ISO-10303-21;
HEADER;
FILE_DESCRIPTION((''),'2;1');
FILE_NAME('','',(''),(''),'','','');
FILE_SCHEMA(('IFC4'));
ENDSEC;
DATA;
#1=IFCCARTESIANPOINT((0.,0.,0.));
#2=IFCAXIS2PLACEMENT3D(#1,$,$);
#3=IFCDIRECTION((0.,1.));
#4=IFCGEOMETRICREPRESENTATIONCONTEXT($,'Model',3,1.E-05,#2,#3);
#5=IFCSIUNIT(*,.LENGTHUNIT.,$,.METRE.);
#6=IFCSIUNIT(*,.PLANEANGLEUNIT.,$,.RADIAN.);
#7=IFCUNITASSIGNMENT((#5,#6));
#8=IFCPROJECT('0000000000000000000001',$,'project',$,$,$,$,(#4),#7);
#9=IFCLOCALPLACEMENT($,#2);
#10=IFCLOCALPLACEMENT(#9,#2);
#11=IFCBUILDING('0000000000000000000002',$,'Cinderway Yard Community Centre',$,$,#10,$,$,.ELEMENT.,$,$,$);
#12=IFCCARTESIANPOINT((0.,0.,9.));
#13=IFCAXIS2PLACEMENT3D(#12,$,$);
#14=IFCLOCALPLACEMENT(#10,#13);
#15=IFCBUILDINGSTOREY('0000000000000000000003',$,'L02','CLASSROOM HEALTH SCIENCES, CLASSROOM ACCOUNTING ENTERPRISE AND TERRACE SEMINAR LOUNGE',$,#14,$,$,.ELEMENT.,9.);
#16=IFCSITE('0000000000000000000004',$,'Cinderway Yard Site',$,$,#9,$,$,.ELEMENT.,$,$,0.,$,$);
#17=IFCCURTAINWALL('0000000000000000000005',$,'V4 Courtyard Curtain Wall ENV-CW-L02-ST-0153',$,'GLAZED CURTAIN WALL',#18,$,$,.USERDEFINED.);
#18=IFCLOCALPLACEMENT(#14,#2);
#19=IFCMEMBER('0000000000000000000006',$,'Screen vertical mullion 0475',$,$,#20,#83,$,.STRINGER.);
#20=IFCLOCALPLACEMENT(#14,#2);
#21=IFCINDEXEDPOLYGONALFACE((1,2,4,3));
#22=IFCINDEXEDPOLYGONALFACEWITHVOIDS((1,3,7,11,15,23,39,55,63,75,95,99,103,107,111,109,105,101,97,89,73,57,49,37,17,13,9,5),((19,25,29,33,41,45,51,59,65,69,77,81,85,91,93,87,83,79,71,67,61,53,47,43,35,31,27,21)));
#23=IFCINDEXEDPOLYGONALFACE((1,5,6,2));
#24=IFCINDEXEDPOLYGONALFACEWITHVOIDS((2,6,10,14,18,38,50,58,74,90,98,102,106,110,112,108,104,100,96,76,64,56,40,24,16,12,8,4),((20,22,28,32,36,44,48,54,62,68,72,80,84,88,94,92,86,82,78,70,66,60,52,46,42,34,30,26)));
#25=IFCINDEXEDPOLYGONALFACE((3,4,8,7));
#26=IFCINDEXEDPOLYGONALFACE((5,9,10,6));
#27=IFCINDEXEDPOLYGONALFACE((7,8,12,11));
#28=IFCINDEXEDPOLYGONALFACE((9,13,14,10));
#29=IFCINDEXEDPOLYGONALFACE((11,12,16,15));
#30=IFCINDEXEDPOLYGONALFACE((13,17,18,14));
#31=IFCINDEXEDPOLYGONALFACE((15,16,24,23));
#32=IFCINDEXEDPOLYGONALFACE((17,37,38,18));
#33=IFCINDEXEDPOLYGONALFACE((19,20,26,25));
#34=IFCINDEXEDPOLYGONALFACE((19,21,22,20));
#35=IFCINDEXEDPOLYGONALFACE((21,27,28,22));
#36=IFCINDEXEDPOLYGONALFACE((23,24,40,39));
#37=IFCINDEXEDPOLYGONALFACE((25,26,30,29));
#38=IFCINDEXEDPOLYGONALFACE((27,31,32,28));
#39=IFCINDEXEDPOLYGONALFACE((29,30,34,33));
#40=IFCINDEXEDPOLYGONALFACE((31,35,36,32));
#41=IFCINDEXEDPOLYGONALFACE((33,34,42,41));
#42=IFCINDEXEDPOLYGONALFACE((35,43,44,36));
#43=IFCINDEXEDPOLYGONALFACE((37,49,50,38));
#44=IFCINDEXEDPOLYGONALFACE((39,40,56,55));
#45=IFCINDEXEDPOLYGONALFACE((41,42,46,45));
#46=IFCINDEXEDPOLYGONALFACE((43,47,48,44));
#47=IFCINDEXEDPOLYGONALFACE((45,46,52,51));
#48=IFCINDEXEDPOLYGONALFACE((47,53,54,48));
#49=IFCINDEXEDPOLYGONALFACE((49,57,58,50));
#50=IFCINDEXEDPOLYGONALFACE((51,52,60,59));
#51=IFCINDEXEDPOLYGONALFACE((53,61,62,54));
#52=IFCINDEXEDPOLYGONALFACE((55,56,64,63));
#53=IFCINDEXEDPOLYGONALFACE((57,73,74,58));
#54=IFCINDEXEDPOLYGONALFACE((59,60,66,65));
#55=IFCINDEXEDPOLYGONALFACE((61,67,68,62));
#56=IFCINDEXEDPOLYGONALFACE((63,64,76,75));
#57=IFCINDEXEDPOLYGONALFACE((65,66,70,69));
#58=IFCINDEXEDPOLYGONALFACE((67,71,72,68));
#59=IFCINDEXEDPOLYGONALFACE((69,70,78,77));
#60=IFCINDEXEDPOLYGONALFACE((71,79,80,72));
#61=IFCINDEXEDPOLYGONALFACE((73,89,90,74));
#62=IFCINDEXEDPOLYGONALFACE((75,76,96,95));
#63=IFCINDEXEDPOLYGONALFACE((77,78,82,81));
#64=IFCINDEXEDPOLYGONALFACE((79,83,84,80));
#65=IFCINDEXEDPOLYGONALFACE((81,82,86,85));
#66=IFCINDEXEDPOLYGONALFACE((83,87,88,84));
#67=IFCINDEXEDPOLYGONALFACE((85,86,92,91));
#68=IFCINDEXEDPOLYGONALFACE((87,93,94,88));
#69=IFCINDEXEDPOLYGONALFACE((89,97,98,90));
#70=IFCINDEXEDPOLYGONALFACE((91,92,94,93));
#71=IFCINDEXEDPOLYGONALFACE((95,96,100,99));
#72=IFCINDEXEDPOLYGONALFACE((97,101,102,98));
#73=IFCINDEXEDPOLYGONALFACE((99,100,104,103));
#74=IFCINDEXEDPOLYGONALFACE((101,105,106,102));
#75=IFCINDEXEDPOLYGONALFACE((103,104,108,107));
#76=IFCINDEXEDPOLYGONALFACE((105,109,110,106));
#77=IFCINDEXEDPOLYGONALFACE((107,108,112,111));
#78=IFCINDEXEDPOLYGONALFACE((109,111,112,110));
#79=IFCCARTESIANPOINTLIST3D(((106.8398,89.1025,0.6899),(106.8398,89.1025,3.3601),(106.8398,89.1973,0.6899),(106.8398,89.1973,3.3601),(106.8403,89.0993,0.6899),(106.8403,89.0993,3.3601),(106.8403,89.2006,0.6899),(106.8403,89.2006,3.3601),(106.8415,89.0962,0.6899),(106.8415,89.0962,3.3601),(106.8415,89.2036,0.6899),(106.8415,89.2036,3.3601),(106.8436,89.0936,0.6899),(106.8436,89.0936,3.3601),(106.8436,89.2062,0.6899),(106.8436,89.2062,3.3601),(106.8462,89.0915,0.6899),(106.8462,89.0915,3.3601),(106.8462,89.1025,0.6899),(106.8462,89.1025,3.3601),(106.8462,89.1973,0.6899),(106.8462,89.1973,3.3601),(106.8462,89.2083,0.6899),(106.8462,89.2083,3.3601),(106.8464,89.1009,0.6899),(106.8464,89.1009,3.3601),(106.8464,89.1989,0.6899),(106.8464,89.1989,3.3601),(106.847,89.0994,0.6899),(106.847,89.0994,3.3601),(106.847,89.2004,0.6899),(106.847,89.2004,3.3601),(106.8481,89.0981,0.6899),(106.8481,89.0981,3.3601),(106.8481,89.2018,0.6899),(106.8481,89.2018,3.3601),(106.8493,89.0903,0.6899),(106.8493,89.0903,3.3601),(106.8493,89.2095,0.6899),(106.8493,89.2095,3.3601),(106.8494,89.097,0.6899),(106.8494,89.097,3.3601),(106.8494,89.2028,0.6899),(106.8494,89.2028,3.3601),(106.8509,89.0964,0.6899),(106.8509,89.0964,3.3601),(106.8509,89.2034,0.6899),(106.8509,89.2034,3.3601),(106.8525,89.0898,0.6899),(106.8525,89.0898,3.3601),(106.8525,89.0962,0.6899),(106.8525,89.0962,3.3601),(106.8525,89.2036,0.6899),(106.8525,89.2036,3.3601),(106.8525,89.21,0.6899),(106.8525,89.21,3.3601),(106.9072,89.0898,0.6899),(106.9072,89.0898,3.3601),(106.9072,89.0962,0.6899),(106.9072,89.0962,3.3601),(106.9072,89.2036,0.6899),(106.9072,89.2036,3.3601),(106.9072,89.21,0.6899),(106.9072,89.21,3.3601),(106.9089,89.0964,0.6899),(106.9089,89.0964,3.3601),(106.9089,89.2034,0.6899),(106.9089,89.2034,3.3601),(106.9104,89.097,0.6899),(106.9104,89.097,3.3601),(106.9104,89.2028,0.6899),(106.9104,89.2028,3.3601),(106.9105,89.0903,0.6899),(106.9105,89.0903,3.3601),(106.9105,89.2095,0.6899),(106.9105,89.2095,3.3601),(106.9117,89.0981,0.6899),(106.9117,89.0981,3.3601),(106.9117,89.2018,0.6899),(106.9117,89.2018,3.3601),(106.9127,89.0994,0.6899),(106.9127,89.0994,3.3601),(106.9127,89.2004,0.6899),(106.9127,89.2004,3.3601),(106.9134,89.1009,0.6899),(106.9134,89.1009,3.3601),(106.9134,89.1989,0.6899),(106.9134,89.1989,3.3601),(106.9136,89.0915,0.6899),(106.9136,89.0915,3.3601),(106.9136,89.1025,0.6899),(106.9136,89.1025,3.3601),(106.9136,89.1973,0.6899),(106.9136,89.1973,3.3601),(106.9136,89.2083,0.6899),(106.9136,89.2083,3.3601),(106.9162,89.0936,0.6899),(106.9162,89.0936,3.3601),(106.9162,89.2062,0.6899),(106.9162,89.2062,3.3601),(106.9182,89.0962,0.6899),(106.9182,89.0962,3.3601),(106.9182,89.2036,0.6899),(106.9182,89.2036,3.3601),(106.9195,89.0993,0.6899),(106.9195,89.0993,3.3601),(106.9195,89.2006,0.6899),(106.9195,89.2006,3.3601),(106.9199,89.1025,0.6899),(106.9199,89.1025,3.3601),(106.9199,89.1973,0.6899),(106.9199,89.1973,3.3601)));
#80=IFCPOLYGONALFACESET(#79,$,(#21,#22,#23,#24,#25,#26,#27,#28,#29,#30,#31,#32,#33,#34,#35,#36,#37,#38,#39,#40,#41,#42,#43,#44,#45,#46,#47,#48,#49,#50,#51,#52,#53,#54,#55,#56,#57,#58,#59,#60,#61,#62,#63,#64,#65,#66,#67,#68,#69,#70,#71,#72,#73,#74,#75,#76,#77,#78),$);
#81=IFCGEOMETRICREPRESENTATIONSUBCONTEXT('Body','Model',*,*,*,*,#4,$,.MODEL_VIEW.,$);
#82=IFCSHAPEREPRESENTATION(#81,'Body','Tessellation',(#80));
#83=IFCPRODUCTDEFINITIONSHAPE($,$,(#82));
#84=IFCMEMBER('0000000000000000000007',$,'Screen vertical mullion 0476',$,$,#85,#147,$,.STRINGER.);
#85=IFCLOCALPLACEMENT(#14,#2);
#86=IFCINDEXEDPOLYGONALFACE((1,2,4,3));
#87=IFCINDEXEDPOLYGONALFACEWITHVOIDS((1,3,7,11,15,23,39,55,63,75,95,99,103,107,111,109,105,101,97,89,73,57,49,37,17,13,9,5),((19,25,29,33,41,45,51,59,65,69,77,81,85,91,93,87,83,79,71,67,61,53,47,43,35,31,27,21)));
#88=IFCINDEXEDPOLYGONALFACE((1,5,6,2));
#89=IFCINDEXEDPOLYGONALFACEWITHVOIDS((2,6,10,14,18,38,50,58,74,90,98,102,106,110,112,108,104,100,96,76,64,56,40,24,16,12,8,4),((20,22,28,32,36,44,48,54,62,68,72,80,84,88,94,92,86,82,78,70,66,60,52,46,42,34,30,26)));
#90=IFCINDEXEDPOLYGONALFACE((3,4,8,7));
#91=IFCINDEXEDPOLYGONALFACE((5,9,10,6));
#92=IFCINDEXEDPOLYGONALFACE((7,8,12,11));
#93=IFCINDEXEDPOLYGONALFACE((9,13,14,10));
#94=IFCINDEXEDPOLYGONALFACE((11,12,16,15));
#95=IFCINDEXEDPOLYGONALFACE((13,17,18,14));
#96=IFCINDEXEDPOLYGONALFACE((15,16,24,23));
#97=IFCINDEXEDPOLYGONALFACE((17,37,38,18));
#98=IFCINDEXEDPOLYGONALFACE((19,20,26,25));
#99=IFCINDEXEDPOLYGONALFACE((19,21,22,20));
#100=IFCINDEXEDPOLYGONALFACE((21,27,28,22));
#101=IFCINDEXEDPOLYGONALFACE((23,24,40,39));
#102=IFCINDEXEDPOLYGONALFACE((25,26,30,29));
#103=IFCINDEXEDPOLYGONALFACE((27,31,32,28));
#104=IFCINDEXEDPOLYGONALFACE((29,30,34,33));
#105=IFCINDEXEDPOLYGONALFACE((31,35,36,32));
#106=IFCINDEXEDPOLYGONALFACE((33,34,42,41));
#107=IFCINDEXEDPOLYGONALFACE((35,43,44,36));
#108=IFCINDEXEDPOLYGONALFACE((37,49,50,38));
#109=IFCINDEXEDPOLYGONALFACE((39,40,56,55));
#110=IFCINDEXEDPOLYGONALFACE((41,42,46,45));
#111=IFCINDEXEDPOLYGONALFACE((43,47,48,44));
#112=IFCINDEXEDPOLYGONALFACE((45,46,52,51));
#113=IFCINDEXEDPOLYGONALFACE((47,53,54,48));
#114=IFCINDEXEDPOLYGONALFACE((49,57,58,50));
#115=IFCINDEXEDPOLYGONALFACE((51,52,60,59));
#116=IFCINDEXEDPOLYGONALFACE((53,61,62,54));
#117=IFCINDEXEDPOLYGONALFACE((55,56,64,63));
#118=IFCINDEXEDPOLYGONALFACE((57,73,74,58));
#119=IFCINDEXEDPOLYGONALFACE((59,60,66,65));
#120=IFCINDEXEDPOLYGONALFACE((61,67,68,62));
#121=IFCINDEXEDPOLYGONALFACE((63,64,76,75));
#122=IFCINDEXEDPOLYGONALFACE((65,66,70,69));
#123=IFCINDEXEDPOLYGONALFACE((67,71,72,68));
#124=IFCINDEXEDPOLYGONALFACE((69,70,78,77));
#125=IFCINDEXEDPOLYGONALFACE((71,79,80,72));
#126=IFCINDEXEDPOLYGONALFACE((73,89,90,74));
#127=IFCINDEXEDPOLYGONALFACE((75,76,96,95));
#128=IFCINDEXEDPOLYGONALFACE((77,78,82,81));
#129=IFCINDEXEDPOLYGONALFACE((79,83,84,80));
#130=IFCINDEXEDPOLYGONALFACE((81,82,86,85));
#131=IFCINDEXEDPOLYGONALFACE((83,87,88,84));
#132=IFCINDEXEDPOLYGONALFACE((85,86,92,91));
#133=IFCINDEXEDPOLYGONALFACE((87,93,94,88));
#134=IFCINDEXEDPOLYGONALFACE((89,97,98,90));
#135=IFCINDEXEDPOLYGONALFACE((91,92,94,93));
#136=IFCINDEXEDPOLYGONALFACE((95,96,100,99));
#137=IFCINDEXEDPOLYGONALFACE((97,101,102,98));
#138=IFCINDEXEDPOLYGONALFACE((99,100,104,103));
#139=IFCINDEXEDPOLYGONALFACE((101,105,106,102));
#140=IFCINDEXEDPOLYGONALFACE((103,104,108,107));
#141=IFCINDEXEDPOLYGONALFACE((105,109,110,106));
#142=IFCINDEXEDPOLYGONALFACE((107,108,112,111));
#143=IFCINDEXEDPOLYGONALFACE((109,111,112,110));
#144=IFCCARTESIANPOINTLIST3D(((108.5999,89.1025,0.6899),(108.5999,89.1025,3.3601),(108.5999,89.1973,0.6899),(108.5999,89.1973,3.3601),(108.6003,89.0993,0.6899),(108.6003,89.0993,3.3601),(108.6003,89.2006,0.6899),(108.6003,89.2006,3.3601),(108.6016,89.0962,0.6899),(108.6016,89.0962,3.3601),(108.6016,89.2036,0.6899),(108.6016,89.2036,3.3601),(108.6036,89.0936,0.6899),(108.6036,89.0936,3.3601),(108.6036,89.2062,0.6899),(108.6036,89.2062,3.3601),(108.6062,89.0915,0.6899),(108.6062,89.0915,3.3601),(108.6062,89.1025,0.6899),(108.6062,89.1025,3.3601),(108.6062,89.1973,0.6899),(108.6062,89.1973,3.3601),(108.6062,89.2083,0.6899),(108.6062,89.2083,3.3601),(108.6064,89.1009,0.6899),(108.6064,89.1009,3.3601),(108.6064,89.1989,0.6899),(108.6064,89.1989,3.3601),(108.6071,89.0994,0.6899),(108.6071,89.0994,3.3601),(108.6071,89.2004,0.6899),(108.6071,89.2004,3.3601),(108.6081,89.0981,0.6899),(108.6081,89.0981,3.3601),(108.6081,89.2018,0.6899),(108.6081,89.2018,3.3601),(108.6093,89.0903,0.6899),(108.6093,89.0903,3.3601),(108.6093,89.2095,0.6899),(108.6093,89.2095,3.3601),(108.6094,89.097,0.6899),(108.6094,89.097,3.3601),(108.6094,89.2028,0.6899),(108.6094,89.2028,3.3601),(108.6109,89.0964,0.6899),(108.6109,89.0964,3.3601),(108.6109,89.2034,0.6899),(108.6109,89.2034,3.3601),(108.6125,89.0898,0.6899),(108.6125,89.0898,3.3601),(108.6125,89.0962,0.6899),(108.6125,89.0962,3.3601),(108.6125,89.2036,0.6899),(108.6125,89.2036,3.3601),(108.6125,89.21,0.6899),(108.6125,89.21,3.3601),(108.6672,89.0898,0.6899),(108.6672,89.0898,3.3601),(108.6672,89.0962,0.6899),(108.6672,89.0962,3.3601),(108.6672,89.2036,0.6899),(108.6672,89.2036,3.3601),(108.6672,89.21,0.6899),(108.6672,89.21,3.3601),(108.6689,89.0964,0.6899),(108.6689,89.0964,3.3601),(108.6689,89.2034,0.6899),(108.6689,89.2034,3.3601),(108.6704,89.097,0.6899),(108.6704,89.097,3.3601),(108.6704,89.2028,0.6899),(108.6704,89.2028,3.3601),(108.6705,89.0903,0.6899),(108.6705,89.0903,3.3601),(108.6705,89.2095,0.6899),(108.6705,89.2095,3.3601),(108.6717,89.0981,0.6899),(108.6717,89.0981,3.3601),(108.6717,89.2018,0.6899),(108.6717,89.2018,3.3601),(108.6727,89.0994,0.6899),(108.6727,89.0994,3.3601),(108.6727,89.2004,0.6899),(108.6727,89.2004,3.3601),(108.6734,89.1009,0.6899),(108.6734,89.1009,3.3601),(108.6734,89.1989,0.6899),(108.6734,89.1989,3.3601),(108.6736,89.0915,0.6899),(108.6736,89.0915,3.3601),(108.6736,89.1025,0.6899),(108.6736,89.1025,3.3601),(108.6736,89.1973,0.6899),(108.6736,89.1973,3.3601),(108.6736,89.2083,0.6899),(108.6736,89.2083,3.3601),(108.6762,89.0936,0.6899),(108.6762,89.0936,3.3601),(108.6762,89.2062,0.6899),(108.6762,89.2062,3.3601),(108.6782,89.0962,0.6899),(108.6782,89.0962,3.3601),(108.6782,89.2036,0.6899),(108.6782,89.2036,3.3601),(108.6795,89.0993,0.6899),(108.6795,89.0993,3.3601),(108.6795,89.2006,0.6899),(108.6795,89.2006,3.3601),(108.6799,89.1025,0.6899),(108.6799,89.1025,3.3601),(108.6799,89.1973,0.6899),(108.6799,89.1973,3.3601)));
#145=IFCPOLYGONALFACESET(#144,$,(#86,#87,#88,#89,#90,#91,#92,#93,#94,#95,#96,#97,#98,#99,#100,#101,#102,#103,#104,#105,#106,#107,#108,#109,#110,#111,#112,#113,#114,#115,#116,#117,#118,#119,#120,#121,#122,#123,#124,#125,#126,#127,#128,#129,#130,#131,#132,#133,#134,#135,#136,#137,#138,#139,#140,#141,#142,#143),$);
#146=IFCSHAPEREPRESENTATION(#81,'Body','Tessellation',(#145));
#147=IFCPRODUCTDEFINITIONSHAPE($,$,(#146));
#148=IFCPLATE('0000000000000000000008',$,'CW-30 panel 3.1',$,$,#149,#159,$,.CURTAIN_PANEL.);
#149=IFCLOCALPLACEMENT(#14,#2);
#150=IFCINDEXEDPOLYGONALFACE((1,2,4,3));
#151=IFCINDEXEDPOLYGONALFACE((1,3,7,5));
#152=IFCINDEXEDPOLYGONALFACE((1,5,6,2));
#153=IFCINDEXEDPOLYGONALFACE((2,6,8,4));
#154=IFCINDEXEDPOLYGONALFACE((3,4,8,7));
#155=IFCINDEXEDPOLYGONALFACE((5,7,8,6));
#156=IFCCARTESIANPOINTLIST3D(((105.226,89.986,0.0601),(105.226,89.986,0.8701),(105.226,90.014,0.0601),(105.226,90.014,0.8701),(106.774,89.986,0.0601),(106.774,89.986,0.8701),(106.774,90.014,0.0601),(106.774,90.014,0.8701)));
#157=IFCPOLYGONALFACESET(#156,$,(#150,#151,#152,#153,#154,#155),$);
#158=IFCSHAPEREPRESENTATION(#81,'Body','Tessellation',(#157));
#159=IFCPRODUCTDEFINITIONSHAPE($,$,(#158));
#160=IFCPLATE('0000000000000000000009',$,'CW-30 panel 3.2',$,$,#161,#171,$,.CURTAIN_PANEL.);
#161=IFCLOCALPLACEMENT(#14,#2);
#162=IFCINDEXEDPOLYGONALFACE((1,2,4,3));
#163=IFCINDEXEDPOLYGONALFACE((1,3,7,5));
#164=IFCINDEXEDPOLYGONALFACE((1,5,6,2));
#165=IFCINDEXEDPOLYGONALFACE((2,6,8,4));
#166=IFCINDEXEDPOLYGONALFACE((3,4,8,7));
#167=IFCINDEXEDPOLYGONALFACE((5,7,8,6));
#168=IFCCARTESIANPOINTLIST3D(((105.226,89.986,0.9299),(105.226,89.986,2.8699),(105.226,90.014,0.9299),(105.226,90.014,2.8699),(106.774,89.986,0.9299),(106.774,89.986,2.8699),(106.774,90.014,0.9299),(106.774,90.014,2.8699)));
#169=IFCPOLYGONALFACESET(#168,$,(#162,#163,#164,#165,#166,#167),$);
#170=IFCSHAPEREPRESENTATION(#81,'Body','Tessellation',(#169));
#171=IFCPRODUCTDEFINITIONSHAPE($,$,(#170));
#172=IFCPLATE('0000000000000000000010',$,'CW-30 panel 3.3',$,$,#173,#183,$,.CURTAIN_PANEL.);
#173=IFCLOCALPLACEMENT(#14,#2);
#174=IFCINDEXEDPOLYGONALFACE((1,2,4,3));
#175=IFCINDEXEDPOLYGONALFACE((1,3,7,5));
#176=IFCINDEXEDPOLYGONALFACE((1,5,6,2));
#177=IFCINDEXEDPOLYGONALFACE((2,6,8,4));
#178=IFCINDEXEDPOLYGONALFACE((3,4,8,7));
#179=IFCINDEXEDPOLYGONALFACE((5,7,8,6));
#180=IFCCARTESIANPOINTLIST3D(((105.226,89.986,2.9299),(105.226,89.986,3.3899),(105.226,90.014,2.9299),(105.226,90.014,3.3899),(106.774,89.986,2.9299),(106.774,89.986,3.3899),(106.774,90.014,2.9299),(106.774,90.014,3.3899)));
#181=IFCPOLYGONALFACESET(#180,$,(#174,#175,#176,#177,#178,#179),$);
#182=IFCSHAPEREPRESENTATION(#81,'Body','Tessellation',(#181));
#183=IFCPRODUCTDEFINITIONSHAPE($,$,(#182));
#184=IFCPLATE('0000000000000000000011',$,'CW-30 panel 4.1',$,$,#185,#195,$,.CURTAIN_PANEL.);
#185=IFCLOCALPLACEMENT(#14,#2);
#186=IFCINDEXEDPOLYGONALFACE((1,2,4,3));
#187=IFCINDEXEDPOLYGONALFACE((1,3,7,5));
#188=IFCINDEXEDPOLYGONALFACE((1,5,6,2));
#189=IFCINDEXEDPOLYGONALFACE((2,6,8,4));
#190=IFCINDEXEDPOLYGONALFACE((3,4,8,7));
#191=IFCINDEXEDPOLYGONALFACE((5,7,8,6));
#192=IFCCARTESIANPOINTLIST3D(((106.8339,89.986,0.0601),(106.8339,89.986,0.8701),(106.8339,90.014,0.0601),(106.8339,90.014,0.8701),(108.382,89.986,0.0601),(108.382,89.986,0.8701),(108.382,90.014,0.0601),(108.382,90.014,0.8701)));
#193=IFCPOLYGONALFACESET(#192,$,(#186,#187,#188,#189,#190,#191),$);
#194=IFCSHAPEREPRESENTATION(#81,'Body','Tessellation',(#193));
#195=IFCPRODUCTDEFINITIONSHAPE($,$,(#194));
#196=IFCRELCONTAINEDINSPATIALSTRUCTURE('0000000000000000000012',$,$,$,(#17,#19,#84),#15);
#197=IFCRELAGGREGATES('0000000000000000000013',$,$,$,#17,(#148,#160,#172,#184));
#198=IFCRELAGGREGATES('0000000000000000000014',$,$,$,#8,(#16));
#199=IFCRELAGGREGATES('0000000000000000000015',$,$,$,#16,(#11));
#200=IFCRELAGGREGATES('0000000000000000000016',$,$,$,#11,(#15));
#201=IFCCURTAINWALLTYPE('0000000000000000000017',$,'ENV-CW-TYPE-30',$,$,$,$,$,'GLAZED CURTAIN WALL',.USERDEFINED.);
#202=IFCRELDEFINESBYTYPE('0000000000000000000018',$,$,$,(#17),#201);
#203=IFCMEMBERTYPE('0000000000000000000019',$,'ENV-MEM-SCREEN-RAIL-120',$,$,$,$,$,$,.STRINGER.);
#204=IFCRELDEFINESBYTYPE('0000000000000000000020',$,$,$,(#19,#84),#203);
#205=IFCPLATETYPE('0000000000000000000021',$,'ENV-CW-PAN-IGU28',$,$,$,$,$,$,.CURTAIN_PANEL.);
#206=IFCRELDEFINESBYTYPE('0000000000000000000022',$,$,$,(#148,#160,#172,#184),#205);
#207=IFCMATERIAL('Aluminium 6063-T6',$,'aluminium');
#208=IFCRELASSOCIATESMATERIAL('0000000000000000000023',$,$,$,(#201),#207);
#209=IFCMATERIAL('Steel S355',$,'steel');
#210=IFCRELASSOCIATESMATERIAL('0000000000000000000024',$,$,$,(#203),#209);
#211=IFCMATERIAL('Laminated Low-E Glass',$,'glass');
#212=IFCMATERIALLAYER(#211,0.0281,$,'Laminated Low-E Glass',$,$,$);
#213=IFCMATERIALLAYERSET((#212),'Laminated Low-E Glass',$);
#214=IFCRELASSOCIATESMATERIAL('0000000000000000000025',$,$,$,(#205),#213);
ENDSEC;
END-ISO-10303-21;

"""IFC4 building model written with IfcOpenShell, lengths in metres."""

from ifc_helpers import new_model, si_unit, direction, frame, origin, origin_2d, place, context, subcontext, project, spatial, rectangle, hollow_rectangle, extrude, material, layer, layer_set, material_profile, profile_set, type_object, element, aggregate, save


model = new_model("IFC4")

# Units and contexts
model_context = context("Model", 3, precision=1e-05, world=origin(), true_north=direction((0.0, 1.0)))
body_context = subcontext(model_context, "Body", "Model", "MODEL_VIEW")
ifc_project = project(units=[si_unit("LENGTHUNIT", "METRE"), si_unit("PLANEANGLEUNIT", "RADIAN")], contexts=[model_context])

# Site, building, storey
site_placement = place(None, origin())
site = spatial("IfcSite", under=ifc_project, at=site_placement, Name="Cinderway Yard Site", CompositionType="ELEMENT", RefElevation=0.0)
building_placement = place(site_placement, origin())
building = spatial("IfcBuilding", under=site, at=building_placement, Name="Cinderway Yard Community Centre", CompositionType="ELEMENT")
storey_placement = place(building_placement, frame((0.0, 0.0, 9.0)))
storey = spatial("IfcBuildingStorey", under=building, at=storey_placement, Name="L02", Description="CLASSROOM HEALTH SCIENCES, CLASSROOM ACCOUNTING ENTERPRISE AND TERRACE SEMINAR LOUNGE", CompositionType="ELEMENT", Elevation=9.0)

# Curtain wall
ifc_material_1 = material(Name="Aluminium 6063-T6", Category="aluminium")
curtain_wall_type = type_object("IfcCurtainWallType", Name="ENV-CW-TYPE-30", ElementType="GLAZED CURTAIN WALL", PredefinedType="USERDEFINED", material=ifc_material_1)
curtain_wall_placement = place(storey_placement, origin())
curtain_wall = element("IfcCurtainWall", 1, at=curtain_wall_placement, inside=storey, type_object=curtain_wall_type, Name="V4 Courtyard Curtain Wall ENV-CW-L02-ST-0153", ObjectType="GLAZED CURTAIN WALL", PredefinedType="USERDEFINED")

# Members
ifc_material_2 = material(Name="Steel S355", Category="steel")
ifc_material_profile_1 = material_profile(ifc_material_2, hollow_rectangle(XDim=0.0801, YDim=0.1201, WallThickness=0.0063, InnerFilletRadius=0.0063, OuterFilletRadius=0.0127, at=origin_2d()), Name="Steel S355")
ifc_profile_set_1 = profile_set([ifc_material_profile_1], Name="Steel S355")
member_type_1 = type_object("IfcMemberType", Name="ENV-MEM-SCREEN-RAIL-120", PredefinedType="STRINGER", material=ifc_profile_set_1)
for number, where, z_axis, x_axis, name in (
    (2, (106.8799, 89.1499, 0.6899), (0.0, 0.0, 1.0), (1.0, 0.0, 0.0), "Screen vertical mullion 0475"),
    (3, (108.6399, 89.1499, 0.6899), (0.0, 0.0, 1.0), (1.0, 0.0, 0.0), "Screen vertical mullion 0476"),
):
    element("IfcMember", number, at=place(storey_placement, frame(where, z_axis=z_axis, x_axis=x_axis)), inside=storey, type_object=member_type_1, Name=name, PredefinedType="STRINGER", context=body_context, shape_type="SweptSolid", body=[
        extrude(hollow_rectangle(XDim=0.0801, YDim=0.1201, WallThickness=0.0063, InnerFilletRadius=0.0063, OuterFilletRadius=0.0127, at=origin_2d()), origin(), (0.0, 0.0, 1.0), 2.6702),
    ])

# Plates
ifc_material_3 = material(Name="Laminated Low-E Glass", Category="glass")
ifc_layer_1 = layer(ifc_material_3, 0.0281, Name="Laminated Low-E Glass")
ifc_layer_set_1 = layer_set([ifc_layer_1], Name="Laminated Low-E Glass")
plate_type_1 = type_object("IfcPlateType", Name="ENV-CW-PAN-IGU28", PredefinedType="CURTAIN_PANEL", material=ifc_layer_set_1)
plate_1_placement = place(storey_placement, frame((106.0, 90.0, 0.0601), z_axis=(0.0, 0.0, 1.0), x_axis=(1.0, 0.0, 0.0)))
plate_1 = element("IfcPlate", 4, at=plate_1_placement, type_object=plate_type_1, Name="CW-30 panel 3.1", PredefinedType="CURTAIN_PANEL", context=body_context, shape_type="SweptSolid", body=[
    extrude(rectangle(XDim=1.5481, YDim=0.0281, at=origin_2d()), origin(), (0.0, 0.0, 1.0), 0.8101),
])
plate_2_placement = place(storey_placement, frame((106.0, 90.0, 0.9299), z_axis=(0.0, 0.0, 1.0), x_axis=(1.0, 0.0, 0.0)))
plate_2 = element("IfcPlate", 5, at=plate_2_placement, type_object=plate_type_1, Name="CW-30 panel 3.2", PredefinedType="CURTAIN_PANEL", context=body_context, shape_type="SweptSolid", body=[
    extrude(rectangle(XDim=1.5481, YDim=0.0281, at=origin_2d()), origin(), (0.0, 0.0, 1.0), 1.9399),
])
plate_3_placement = place(storey_placement, frame((106.0, 90.0, 2.9299), z_axis=(0.0, 0.0, 1.0), x_axis=(1.0, 0.0, 0.0)))
plate_3 = element("IfcPlate", 6, at=plate_3_placement, type_object=plate_type_1, Name="CW-30 panel 3.3", PredefinedType="CURTAIN_PANEL", context=body_context, shape_type="SweptSolid", body=[
    extrude(rectangle(XDim=1.5481, YDim=0.0281, at=origin_2d()), origin(), (0.0, 0.0, 1.0), 0.46),
])
plate_4_placement = place(storey_placement, frame((107.6079, 90.0, 0.0601), z_axis=(0.0, 0.0, 1.0), x_axis=(1.0, 0.0, 0.0)))
plate_4 = element("IfcPlate", 7, at=plate_4_placement, type_object=plate_type_1, Name="CW-30 panel 4.1", PredefinedType="CURTAIN_PANEL", context=body_context, shape_type="SweptSolid", body=[
    extrude(rectangle(XDim=1.5481, YDim=0.0281, at=origin_2d()), origin(), (0.0, 0.0, 1.0), 0.8101),
])
aggregate(curtain_wall, [plate_1, plate_2, plate_3, plate_4])

save(model, "model.ifc")
